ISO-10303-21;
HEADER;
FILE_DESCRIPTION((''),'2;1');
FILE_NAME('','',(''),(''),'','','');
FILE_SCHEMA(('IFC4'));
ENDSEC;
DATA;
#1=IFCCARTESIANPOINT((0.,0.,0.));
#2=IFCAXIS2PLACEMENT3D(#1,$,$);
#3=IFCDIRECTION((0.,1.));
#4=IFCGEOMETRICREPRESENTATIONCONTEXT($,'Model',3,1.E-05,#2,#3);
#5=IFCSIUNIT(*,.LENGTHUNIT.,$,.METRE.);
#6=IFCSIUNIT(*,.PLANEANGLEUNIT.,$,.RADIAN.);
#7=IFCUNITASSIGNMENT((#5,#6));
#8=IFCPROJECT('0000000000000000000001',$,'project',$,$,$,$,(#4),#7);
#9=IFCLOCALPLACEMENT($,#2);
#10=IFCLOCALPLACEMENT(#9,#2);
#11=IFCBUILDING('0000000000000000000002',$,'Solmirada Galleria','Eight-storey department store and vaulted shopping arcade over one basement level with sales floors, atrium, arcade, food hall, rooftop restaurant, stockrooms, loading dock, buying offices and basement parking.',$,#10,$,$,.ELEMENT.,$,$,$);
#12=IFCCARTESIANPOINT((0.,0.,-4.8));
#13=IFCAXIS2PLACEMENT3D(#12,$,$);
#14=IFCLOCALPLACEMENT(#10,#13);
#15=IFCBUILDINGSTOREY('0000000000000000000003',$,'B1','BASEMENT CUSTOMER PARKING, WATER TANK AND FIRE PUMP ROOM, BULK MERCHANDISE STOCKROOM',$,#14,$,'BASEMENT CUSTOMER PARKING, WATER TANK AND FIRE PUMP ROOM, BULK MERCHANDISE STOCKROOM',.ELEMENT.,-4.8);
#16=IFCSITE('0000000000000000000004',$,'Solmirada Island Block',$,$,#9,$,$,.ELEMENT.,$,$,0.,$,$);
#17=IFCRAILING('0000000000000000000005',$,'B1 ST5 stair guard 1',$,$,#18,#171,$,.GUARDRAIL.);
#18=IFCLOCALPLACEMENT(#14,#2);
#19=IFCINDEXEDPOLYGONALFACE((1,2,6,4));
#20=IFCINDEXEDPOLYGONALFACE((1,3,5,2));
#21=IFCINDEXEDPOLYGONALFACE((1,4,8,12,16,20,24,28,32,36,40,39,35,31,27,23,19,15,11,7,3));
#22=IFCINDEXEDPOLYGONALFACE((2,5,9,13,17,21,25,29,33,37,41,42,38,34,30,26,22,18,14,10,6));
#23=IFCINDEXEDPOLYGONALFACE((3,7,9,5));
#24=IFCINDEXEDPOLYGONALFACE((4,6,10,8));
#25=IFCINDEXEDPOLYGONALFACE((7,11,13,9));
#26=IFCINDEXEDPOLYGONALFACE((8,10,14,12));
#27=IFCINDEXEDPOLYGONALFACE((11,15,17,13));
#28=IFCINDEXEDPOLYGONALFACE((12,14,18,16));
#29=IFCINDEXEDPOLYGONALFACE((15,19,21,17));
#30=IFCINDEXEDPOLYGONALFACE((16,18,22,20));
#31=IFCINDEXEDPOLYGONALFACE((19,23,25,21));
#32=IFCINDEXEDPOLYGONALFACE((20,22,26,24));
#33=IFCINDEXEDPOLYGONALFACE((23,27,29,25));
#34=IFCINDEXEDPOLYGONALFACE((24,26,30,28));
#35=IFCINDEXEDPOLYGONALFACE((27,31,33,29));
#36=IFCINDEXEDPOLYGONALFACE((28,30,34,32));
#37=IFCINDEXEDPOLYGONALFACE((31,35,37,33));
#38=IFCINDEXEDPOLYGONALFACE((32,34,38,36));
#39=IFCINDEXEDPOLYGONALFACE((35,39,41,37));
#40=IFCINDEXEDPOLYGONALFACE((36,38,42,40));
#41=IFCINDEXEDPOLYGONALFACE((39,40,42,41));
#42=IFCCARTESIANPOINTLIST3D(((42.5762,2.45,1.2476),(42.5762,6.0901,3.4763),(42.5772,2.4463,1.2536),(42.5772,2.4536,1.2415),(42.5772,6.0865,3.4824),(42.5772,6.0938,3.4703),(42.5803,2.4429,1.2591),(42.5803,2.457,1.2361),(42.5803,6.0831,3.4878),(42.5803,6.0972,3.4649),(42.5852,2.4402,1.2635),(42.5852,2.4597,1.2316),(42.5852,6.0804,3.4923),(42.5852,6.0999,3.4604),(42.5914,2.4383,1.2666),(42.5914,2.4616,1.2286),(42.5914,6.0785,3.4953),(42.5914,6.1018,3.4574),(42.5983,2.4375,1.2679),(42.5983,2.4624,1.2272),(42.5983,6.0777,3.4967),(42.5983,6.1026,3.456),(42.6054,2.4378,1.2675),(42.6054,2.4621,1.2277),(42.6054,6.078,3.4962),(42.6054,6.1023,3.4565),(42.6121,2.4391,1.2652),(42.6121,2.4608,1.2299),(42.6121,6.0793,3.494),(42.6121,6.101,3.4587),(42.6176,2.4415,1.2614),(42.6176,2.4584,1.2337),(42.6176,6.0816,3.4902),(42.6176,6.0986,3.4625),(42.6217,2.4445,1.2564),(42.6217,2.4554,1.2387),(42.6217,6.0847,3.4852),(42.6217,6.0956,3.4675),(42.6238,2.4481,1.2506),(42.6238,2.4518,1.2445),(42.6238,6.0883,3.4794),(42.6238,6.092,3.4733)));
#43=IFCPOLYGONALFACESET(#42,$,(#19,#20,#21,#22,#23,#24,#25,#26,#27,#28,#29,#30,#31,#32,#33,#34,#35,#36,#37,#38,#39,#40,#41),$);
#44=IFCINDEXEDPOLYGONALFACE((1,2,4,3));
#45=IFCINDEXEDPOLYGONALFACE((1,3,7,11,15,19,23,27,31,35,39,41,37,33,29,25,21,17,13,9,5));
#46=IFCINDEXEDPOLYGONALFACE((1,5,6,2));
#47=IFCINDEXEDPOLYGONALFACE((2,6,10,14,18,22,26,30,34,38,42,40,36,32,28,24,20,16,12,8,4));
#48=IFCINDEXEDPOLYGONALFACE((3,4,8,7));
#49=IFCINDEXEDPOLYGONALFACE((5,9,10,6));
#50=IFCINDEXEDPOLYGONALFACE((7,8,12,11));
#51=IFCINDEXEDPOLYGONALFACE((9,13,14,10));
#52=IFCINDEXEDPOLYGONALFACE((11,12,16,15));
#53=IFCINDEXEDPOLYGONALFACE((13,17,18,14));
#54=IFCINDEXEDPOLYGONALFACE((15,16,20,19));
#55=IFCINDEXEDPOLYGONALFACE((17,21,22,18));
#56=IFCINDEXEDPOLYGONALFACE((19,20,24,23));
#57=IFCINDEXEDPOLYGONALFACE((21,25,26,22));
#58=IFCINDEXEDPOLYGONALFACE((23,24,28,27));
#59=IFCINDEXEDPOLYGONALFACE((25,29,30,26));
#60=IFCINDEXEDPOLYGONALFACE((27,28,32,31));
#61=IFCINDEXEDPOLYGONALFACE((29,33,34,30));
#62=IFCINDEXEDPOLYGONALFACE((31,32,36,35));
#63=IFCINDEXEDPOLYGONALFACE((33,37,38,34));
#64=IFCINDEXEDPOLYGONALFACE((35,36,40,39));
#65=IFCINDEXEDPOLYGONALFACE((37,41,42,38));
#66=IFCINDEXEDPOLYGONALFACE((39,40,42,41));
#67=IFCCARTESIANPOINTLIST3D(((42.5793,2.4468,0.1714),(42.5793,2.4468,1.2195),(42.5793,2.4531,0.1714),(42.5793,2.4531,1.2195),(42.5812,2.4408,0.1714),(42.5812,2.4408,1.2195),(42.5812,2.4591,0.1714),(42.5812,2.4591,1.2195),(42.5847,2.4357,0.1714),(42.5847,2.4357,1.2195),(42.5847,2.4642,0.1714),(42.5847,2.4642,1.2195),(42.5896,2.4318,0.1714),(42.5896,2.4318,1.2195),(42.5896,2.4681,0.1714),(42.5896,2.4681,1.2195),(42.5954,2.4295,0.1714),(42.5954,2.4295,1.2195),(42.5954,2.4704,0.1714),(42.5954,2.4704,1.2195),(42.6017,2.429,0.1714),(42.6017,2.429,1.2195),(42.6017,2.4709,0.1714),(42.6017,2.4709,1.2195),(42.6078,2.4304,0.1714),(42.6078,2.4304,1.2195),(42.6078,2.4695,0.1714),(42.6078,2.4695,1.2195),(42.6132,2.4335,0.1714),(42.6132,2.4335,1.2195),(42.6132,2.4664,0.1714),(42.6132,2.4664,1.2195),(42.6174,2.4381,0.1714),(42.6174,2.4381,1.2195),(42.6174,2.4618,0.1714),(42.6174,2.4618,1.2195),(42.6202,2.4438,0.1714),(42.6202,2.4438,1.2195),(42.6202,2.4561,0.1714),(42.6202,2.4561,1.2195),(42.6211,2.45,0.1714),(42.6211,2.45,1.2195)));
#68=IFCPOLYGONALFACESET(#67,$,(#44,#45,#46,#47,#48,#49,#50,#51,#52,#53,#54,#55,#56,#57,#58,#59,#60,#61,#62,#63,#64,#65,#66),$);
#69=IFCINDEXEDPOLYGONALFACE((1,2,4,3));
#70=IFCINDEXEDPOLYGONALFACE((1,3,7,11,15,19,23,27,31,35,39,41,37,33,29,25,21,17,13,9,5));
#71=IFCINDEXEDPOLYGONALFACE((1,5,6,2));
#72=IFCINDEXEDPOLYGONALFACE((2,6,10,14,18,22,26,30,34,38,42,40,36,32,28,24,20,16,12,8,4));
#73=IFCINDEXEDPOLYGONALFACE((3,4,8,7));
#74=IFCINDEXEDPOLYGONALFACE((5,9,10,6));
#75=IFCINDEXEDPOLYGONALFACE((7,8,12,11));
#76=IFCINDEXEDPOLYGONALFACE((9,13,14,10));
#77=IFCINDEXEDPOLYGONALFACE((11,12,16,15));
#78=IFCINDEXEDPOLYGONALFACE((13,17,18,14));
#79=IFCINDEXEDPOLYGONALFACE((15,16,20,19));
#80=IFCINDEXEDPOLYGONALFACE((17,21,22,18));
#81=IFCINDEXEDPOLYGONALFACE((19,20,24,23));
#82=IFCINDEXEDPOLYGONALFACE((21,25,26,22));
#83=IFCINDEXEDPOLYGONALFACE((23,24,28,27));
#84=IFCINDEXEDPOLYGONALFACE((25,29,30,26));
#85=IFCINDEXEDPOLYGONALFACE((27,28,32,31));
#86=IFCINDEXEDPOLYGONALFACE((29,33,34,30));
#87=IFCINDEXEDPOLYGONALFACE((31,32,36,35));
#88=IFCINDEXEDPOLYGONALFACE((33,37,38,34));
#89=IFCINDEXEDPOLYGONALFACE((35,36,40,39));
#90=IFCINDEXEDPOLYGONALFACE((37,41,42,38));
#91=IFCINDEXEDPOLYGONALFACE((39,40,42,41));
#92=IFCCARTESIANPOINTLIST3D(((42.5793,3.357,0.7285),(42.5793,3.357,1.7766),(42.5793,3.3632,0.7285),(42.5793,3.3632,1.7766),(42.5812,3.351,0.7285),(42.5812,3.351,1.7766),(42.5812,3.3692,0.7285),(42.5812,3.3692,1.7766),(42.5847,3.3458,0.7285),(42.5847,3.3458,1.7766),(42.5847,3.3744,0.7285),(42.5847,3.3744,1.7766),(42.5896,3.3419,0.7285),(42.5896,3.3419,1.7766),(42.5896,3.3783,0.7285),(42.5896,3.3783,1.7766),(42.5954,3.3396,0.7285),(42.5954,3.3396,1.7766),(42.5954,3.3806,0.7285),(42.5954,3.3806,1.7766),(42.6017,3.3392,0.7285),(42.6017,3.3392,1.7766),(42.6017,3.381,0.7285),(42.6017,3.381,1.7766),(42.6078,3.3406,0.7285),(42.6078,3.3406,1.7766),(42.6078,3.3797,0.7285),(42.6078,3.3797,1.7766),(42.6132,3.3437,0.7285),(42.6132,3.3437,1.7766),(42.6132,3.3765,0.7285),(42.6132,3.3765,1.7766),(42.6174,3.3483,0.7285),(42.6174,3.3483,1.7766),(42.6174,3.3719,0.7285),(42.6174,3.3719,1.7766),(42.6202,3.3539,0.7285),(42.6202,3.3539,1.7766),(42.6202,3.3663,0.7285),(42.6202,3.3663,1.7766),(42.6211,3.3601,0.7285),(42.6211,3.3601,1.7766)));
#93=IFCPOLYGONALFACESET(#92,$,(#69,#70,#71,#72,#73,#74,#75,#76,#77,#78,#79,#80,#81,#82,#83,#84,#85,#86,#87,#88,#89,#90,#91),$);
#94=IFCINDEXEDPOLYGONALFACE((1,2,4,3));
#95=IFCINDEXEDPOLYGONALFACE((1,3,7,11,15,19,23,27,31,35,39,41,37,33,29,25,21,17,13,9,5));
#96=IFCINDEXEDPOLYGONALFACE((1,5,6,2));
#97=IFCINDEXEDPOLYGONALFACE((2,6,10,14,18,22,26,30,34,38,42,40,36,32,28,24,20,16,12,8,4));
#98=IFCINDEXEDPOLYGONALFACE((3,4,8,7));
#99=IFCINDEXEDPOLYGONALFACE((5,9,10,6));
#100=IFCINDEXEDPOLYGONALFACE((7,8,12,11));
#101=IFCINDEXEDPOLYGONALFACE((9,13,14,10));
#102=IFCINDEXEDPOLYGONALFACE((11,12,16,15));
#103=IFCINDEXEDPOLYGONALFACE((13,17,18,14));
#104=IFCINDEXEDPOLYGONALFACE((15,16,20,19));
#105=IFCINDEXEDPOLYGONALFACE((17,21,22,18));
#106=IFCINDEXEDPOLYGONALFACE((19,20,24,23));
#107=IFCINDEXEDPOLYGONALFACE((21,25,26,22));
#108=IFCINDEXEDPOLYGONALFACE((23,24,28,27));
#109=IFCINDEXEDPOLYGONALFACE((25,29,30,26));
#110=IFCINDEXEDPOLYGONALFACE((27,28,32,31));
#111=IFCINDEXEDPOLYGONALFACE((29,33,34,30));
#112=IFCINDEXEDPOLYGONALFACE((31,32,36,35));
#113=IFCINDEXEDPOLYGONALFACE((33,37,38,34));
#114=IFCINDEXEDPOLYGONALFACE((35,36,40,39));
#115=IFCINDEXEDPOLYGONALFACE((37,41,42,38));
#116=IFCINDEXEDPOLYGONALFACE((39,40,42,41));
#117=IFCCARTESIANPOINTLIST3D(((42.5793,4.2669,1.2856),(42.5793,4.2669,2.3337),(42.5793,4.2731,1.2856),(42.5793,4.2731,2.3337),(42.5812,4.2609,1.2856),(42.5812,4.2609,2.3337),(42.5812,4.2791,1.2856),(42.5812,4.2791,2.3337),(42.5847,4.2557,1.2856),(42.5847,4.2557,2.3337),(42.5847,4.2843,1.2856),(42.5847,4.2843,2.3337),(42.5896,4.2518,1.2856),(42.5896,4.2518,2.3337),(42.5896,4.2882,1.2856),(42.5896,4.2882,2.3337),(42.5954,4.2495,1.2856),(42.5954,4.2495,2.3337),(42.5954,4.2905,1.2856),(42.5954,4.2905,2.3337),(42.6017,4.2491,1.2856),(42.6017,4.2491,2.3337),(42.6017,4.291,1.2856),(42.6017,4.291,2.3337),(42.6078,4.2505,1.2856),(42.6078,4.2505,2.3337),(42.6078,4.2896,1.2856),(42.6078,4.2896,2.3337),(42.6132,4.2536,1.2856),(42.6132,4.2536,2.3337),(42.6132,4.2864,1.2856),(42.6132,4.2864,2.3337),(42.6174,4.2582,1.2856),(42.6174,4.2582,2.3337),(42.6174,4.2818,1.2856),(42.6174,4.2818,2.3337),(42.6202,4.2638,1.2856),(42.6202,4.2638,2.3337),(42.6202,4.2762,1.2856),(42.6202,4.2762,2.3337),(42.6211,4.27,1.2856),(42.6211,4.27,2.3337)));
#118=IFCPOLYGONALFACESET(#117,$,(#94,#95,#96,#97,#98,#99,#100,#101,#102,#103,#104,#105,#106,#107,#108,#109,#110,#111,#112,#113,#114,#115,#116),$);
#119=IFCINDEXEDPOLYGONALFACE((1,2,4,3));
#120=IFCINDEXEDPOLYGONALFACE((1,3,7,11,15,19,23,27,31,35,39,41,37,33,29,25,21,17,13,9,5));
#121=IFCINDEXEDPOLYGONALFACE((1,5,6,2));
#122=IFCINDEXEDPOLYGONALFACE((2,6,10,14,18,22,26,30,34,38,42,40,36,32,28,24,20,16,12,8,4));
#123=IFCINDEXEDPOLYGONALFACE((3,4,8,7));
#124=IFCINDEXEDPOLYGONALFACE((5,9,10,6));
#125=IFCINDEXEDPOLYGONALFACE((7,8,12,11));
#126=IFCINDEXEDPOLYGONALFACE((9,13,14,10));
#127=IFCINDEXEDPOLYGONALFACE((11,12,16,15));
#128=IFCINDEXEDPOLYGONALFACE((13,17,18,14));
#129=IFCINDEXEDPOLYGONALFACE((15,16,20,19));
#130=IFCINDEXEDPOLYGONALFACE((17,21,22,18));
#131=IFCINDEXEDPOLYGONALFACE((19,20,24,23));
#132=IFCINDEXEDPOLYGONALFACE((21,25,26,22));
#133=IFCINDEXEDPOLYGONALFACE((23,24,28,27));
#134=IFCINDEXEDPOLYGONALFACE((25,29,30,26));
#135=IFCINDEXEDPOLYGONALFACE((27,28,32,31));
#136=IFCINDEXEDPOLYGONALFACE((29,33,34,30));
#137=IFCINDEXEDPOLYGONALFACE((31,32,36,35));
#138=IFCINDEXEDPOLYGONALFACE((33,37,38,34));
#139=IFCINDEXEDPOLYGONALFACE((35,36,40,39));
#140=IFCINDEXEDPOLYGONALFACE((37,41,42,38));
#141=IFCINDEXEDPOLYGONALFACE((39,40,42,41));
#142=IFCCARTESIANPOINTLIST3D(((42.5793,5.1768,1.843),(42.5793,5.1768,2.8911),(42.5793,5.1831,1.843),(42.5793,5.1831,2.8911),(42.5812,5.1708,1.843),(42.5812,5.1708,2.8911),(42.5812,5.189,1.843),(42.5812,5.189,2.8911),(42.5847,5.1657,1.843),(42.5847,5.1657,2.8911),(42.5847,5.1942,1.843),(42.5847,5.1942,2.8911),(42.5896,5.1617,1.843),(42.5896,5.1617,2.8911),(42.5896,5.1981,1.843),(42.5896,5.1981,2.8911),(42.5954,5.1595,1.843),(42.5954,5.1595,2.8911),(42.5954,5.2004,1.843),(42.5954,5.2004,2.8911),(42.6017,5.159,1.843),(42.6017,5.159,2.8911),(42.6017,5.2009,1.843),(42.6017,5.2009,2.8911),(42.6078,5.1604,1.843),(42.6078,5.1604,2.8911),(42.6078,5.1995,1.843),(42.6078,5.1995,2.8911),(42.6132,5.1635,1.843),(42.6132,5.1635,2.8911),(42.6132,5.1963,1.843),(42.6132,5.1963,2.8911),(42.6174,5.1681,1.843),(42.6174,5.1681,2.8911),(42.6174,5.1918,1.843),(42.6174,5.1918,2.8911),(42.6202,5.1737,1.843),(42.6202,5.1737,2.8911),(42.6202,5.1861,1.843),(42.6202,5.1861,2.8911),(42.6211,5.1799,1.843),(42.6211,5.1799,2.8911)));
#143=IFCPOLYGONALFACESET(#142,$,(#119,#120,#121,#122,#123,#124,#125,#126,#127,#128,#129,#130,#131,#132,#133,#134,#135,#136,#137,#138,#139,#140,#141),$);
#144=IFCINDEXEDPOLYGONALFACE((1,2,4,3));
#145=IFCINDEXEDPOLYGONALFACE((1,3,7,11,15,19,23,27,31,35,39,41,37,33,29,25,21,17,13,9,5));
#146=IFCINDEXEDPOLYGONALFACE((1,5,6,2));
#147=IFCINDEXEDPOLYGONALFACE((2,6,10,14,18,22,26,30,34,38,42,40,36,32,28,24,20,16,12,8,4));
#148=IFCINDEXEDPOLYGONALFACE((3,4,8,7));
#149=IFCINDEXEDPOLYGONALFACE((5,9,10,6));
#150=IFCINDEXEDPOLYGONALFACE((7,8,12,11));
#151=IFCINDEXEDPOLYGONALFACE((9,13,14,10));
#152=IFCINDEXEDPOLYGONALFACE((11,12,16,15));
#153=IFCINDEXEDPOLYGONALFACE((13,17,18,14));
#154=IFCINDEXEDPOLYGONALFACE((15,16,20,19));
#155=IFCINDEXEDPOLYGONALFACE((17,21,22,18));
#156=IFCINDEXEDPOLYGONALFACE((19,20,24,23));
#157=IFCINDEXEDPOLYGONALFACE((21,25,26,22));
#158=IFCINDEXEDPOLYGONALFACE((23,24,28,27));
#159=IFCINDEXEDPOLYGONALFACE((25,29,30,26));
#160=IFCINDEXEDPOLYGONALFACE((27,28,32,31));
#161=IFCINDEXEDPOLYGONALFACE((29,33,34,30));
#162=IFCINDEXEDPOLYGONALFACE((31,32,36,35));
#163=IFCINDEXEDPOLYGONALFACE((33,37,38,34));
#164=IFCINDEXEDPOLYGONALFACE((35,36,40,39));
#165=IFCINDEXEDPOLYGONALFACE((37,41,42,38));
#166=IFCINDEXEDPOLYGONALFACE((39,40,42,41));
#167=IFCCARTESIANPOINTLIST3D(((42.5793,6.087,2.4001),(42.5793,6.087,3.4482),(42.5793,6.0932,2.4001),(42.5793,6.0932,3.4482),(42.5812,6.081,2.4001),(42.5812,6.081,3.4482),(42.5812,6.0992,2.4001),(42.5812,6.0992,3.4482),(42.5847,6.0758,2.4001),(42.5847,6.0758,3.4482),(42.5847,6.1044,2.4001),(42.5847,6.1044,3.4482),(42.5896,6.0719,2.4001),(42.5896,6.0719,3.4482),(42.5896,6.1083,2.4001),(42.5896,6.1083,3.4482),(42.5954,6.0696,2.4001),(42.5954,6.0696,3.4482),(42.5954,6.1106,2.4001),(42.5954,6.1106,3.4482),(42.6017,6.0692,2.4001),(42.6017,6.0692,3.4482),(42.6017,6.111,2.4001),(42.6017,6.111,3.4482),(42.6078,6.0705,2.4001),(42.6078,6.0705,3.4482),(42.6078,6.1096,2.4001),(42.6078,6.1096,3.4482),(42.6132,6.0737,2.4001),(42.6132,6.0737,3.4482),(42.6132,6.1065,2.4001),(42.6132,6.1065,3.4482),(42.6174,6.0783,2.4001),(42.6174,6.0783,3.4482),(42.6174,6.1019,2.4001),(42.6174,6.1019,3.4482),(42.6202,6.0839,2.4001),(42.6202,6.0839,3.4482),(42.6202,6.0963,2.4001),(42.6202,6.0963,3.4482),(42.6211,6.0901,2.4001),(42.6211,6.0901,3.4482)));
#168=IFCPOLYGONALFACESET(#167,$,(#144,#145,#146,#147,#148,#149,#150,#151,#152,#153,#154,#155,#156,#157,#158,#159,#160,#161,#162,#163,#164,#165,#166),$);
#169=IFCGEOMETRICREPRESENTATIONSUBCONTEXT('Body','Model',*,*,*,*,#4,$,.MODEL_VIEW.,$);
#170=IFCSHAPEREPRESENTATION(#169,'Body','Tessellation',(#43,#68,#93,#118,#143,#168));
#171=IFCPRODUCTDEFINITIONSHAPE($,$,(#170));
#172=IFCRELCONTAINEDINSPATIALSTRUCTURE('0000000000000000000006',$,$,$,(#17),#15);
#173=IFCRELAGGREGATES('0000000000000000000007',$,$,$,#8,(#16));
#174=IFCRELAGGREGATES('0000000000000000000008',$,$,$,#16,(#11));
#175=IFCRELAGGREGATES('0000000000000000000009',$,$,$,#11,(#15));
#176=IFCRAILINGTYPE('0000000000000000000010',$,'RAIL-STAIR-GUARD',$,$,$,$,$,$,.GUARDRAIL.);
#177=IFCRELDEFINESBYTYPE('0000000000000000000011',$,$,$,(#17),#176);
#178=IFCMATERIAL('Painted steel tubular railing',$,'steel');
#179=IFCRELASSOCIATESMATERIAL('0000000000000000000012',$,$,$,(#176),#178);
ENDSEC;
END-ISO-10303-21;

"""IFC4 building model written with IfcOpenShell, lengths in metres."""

from ifc_helpers import new_model, si_unit, direction, frame, origin, origin_2d, place, context, subcontext, project, spatial, circle, extrude, material, type_object, element, save


model = new_model("IFC4")

# Units and contexts
model_context = context("Model", 3, precision=1e-05, world=origin(), true_north=direction((0.0, 1.0)))
body_context = subcontext(model_context, "Body", "Model", "MODEL_VIEW")
ifc_project = project(units=[si_unit("LENGTHUNIT", "METRE"), si_unit("PLANEANGLEUNIT", "RADIAN")], contexts=[model_context])

# Site, building, storey
site_placement = place(None, origin())
site = spatial("IfcSite", under=ifc_project, at=site_placement, Name="Solmirada Island Block", CompositionType="ELEMENT", RefElevation=0.0)
building_placement = place(site_placement, origin())
building = spatial("IfcBuilding", under=site, at=building_placement, Name="Solmirada Galleria", Description="Eight-storey department store and vaulted shopping arcade over one basement level with sales floors, atrium, arcade, food hall, rooftop restaurant, stockrooms, loading dock, buying offices and basement parking.", CompositionType="ELEMENT")
storey_placement = place(building_placement, frame((0.0, 0.0, -4.8)))
storey = spatial("IfcBuildingStorey", under=building, at=storey_placement, Name="B1", Description="BASEMENT CUSTOMER PARKING, WATER TANK AND FIRE PUMP ROOM, BULK MERCHANDISE STOCKROOM", LongName="BASEMENT CUSTOMER PARKING, WATER TANK AND FIRE PUMP ROOM, BULK MERCHANDISE STOCKROOM", CompositionType="ELEMENT", Elevation=-4.8)

# Railing
ifc_material_1 = material(Name="Painted steel tubular railing", Category="steel")
railing_type_1 = type_object("IfcRailingType", Name="RAIL-STAIR-GUARD", PredefinedType="GUARDRAIL", material=ifc_material_1)
railing_1_placement = place(storey_placement, frame((42.6001, 2.45, 0.1714)))
element("IfcRailing", 1, at=railing_1_placement, inside=storey, type_object=railing_type_1, Name="B1 ST5 stair guard 1", PredefinedType="GUARDRAIL", context=body_context, shape_type="SweptSolid", body=[
    extrude(circle(Radius=0.0239, at=origin_2d()), frame((0.0, 0.0, 1.0762), z_axis=(0.0, 0.85284, 0.522172), x_axis=(-1.0, 0.0, 0.0)), (0.0, 0.0, 1.0), 4.2683),
    extrude(circle(Radius=0.021, at=origin_2d()), origin(), (0.0, 0.0, 1.0), 1.0481),
    extrude(circle(Radius=0.021, at=origin_2d()), frame((0.0, 0.9102, 0.5571)), (0.0, 0.0, 1.0), 1.0481),
    extrude(circle(Radius=0.021, at=origin_2d()), frame((0.0, 1.8201, 1.1143)), (0.0, 0.0, 1.0), 1.0481),
    extrude(circle(Radius=0.021, at=origin_2d()), frame((0.0, 2.73, 1.6716)), (0.0, 0.0, 1.0), 1.0481),
    extrude(circle(Radius=0.021, at=origin_2d()), frame((0.0, 3.6401, 2.2288)), (0.0, 0.0, 1.0), 1.0481),
])

save(model, "model.ifc")
